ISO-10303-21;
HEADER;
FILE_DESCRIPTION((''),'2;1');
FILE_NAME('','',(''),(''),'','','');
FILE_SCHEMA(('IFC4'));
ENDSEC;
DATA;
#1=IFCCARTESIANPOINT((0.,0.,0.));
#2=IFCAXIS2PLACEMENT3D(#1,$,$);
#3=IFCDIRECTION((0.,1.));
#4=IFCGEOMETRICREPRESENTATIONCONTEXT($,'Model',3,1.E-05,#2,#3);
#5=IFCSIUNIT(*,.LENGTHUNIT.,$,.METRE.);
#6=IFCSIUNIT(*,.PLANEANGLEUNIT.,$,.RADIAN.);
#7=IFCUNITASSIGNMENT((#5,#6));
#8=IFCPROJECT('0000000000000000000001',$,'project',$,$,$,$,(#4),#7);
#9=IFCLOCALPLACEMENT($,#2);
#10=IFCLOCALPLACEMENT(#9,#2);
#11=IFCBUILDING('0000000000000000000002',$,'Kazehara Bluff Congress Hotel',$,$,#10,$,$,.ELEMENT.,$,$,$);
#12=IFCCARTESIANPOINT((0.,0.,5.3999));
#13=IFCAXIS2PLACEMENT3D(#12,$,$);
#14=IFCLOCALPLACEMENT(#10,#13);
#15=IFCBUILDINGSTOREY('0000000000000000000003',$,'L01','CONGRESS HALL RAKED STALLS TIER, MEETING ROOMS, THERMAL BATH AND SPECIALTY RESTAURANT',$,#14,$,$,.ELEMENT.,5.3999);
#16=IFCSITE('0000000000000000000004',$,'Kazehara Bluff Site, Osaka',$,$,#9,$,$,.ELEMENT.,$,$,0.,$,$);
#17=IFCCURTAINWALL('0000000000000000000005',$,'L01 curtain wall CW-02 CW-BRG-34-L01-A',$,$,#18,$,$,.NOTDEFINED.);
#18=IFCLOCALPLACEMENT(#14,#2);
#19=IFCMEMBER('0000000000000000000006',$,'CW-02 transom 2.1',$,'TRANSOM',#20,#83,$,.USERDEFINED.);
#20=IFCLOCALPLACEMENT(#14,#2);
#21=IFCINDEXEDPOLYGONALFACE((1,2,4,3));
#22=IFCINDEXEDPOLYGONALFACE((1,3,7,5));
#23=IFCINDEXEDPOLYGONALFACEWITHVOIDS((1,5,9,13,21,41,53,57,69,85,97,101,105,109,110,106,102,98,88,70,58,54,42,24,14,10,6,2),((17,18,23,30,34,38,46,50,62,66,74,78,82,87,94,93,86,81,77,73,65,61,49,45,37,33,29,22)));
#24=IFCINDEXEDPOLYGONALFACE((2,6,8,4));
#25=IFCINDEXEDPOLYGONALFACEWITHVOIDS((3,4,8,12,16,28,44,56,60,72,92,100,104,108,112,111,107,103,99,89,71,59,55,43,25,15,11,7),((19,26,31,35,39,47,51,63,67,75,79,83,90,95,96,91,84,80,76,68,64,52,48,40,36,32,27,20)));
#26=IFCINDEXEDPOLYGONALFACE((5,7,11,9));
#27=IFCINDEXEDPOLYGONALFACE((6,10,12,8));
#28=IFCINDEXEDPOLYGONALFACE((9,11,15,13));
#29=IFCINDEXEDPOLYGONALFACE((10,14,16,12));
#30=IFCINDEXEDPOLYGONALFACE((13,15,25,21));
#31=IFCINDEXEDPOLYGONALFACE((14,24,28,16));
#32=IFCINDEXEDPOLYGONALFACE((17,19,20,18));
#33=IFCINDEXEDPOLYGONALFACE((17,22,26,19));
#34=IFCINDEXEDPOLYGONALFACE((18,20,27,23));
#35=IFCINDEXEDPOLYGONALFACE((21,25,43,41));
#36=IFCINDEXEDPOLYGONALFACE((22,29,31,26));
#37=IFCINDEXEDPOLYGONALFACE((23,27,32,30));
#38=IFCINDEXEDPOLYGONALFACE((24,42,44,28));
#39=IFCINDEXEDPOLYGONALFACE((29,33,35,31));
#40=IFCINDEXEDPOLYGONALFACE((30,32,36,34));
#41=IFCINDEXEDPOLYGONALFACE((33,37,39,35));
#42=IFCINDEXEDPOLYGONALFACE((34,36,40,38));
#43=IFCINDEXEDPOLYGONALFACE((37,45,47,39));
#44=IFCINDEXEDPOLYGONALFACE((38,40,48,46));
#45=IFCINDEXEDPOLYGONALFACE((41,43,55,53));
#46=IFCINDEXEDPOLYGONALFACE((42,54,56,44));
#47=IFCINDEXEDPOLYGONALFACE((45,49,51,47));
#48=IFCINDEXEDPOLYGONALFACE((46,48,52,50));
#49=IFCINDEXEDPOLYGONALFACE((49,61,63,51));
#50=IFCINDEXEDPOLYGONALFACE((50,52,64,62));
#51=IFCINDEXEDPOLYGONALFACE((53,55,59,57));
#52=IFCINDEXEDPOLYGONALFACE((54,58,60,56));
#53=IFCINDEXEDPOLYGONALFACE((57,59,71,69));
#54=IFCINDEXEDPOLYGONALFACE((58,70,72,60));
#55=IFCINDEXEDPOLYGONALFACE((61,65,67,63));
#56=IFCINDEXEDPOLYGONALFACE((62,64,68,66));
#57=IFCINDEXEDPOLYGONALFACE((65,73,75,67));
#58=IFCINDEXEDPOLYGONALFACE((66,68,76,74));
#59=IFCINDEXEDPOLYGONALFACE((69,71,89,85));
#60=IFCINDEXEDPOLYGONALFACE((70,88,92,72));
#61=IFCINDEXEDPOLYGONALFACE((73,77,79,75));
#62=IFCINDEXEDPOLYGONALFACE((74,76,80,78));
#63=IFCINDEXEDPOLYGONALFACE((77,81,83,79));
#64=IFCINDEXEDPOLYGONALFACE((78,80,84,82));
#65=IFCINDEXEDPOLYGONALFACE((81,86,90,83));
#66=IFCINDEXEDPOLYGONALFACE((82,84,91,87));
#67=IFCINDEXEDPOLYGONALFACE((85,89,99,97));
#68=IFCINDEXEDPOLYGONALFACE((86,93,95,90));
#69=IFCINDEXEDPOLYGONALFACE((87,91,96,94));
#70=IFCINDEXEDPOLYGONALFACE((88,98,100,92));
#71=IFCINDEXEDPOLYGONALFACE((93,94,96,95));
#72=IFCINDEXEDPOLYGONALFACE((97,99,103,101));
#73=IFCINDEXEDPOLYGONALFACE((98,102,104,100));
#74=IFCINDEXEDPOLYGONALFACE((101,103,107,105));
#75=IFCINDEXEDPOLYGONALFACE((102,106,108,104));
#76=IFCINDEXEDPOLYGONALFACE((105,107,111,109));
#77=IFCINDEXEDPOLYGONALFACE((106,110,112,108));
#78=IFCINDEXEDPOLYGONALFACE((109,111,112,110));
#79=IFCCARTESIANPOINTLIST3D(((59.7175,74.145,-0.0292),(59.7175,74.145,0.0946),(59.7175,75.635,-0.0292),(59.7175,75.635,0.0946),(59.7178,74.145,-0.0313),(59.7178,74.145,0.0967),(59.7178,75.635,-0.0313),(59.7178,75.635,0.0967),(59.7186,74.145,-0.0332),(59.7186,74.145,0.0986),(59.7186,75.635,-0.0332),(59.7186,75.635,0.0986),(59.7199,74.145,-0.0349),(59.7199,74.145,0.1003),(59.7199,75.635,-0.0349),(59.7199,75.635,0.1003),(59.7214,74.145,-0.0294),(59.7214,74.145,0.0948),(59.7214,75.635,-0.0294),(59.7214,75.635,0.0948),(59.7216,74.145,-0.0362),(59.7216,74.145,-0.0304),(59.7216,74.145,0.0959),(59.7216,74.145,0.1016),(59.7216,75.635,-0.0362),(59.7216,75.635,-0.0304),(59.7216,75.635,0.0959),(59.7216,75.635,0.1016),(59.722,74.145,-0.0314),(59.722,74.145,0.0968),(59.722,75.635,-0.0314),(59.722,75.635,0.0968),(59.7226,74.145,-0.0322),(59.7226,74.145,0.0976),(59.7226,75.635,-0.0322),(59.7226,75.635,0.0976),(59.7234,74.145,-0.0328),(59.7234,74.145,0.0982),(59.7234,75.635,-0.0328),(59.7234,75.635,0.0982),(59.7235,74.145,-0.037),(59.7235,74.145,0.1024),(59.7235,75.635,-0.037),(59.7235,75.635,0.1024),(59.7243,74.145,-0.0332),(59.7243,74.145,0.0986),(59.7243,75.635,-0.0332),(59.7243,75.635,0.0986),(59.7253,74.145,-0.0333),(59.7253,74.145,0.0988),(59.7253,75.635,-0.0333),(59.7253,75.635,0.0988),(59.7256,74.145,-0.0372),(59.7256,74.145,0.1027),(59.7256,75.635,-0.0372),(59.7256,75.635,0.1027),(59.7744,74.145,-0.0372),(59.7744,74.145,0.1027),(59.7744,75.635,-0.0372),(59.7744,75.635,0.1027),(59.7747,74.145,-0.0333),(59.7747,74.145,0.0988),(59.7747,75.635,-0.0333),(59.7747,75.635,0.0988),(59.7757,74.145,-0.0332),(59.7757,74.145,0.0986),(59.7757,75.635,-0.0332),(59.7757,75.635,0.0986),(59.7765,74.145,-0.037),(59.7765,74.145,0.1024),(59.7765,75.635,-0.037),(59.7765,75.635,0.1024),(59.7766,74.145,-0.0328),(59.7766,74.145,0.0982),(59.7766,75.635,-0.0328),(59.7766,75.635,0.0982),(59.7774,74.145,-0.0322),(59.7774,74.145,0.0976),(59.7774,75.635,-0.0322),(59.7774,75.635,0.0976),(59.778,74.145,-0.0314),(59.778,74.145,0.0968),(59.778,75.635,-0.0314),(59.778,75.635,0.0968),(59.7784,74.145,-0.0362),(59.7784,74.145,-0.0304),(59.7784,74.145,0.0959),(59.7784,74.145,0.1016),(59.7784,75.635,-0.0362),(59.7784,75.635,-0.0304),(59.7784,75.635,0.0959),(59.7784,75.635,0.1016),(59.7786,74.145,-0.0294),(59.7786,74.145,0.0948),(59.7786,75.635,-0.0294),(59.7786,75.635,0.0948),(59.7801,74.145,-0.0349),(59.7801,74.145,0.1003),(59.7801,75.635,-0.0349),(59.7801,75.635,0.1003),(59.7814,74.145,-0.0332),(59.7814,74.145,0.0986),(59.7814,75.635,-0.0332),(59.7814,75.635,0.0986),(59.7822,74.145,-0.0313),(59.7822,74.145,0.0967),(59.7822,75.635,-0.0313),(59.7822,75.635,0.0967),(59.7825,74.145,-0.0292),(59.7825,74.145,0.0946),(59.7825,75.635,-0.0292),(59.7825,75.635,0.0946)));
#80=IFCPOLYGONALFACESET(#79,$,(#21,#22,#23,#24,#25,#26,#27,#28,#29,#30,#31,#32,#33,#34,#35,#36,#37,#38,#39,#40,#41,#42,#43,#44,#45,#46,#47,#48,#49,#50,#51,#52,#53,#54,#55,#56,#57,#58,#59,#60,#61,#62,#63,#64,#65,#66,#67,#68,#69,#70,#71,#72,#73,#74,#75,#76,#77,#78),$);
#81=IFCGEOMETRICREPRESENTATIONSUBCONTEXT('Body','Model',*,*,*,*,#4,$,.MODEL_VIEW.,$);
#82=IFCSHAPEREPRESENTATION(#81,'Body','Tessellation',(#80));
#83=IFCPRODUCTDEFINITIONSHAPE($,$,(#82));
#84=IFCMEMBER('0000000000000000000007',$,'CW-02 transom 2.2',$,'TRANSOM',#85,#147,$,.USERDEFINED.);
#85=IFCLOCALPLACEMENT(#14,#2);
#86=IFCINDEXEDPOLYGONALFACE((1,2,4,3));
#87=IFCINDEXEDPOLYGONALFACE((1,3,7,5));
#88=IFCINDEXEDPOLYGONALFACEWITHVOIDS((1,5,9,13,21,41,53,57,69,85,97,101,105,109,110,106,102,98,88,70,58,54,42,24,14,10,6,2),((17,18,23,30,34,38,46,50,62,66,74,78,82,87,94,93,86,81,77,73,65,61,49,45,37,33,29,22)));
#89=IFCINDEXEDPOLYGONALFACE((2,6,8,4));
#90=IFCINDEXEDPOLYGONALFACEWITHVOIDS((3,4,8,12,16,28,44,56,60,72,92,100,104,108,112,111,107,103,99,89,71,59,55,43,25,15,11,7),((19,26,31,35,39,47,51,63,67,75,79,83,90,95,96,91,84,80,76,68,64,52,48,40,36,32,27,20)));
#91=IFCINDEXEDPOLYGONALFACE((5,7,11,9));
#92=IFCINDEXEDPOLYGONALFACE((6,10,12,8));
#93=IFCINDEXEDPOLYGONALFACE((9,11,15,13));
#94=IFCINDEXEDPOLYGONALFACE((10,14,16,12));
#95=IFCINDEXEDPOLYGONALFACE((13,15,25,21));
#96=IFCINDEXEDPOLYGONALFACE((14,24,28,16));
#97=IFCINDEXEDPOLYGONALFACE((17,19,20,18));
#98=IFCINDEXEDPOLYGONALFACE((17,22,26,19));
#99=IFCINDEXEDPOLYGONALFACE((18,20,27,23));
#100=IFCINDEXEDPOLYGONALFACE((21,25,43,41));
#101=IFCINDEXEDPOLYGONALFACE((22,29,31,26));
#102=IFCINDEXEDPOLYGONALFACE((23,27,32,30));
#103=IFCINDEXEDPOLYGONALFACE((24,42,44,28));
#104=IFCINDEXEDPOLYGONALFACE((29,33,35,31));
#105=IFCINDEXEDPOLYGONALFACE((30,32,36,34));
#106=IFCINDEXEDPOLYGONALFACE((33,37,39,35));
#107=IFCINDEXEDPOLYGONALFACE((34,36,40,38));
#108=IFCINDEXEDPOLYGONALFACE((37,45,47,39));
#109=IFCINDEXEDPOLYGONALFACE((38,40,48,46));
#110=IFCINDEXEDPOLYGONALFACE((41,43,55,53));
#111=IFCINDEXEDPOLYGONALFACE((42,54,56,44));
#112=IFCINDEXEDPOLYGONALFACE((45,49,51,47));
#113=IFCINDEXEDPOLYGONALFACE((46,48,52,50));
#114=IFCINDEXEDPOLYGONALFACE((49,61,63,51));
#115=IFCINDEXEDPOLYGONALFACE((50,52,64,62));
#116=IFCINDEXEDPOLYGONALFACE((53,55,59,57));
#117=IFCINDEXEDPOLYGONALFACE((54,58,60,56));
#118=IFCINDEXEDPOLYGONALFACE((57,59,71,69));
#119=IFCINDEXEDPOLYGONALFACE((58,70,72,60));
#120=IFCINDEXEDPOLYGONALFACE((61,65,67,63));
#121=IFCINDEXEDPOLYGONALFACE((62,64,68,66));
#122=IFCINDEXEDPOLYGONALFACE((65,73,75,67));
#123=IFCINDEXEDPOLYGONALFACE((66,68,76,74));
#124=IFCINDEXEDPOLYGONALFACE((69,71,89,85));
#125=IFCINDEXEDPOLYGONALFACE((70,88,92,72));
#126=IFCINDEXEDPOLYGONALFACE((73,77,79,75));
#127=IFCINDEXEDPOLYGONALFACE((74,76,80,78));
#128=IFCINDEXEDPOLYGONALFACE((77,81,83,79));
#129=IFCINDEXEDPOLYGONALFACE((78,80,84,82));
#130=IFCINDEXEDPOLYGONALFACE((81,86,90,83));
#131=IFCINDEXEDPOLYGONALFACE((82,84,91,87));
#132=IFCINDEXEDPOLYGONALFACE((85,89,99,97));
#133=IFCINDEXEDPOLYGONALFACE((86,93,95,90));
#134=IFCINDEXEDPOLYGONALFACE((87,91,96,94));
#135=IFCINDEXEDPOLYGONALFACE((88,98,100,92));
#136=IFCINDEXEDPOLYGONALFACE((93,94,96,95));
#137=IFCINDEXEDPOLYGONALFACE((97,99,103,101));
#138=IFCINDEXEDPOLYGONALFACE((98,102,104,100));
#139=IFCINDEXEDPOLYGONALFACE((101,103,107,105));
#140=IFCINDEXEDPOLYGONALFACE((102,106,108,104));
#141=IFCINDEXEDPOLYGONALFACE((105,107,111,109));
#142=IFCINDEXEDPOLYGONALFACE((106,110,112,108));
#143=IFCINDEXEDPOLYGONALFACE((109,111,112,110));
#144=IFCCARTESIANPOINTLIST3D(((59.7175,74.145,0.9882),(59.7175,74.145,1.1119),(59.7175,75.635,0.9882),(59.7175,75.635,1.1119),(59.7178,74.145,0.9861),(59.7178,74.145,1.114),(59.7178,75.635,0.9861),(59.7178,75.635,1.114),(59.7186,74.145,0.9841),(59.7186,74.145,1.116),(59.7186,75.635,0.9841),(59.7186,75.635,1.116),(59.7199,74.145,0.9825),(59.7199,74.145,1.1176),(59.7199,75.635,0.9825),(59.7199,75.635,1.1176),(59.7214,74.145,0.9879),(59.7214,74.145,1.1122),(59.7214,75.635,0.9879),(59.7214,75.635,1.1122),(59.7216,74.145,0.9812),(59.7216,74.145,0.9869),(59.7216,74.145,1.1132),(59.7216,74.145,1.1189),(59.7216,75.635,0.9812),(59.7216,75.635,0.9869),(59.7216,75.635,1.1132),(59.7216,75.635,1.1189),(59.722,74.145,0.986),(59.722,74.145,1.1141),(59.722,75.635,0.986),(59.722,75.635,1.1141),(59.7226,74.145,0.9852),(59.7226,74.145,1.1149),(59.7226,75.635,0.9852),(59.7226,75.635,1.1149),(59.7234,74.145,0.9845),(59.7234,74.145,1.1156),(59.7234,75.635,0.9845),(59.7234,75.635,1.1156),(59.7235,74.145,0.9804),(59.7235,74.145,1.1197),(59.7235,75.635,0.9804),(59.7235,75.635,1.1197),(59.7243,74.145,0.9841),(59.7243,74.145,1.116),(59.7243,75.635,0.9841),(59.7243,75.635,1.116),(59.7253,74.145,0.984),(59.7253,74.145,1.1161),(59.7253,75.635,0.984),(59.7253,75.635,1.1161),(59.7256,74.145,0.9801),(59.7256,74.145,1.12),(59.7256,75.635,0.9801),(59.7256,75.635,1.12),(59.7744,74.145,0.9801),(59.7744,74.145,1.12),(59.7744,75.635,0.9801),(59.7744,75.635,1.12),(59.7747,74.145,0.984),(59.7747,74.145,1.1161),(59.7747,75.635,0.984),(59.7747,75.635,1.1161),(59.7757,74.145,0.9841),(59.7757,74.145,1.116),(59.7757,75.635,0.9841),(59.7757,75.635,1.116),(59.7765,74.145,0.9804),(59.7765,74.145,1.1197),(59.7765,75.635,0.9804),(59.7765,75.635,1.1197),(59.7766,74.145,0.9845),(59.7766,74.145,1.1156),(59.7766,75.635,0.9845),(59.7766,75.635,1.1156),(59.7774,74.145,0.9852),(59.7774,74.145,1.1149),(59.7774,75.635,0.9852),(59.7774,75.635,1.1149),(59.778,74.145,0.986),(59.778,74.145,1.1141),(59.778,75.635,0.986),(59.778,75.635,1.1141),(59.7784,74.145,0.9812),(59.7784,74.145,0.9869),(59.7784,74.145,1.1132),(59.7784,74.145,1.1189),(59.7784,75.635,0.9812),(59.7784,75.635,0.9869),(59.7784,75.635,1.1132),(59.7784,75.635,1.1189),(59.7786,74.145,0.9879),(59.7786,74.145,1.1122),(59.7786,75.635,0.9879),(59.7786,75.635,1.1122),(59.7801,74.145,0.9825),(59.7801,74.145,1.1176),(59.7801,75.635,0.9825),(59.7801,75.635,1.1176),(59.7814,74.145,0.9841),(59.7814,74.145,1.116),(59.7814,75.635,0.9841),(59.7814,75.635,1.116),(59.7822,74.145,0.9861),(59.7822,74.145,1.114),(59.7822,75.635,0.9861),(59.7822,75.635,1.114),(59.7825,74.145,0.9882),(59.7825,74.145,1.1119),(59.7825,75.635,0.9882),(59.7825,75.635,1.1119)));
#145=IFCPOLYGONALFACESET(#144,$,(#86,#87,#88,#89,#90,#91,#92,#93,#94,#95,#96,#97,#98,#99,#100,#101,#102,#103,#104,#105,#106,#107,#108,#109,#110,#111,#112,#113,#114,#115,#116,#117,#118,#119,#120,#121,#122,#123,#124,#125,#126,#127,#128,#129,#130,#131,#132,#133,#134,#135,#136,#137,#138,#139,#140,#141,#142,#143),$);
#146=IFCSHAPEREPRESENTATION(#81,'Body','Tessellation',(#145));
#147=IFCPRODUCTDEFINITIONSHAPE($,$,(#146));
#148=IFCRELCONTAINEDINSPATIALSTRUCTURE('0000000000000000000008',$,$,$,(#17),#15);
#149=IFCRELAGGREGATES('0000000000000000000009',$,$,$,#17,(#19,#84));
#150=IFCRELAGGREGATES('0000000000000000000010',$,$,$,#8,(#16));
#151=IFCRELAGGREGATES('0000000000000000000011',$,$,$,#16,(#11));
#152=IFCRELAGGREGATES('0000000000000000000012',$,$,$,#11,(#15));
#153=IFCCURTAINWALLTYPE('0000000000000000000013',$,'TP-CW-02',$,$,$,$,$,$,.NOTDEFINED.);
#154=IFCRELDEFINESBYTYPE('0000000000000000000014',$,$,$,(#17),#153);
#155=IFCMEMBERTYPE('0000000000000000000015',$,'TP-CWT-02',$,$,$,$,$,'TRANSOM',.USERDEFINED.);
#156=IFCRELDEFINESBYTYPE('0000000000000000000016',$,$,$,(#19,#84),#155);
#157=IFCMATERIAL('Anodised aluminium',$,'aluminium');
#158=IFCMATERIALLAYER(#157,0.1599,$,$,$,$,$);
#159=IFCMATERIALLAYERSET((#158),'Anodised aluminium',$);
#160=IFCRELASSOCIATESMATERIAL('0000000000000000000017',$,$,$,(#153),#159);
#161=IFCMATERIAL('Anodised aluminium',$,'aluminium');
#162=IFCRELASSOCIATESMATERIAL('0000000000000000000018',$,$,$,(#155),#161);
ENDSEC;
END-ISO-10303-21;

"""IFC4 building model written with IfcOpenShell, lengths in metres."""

from ifc_helpers import new_model, si_unit, direction, frame, origin, origin_2d, place, context, subcontext, project, spatial, hollow_rectangle, extrude, material, layer, layer_set, material_profile, profile_set, type_object, element, aggregate, save


model = new_model("IFC4")

# Units and contexts
model_context = context("Model", 3, precision=1e-05, world=origin(), true_north=direction((0.0, 1.0)))
body_context = subcontext(model_context, "Body", "Model", "MODEL_VIEW")
ifc_project = project(units=[si_unit("LENGTHUNIT", "METRE"), si_unit("PLANEANGLEUNIT", "RADIAN")], contexts=[model_context])

# Site, building, storey
site_placement = place(None, origin())
site = spatial("IfcSite", under=ifc_project, at=site_placement, Name="Kazehara Bluff Site, Osaka", CompositionType="ELEMENT", RefElevation=0.0)
building_placement = place(site_placement, origin())
building = spatial("IfcBuilding", under=site, at=building_placement, Name="Kazehara Bluff Congress Hotel", CompositionType="ELEMENT")
storey_placement = place(building_placement, frame((0.0, 0.0, 5.3999)))
storey = spatial("IfcBuildingStorey", under=building, at=storey_placement, Name="L01", Description="CONGRESS HALL RAKED STALLS TIER, MEETING ROOMS, THERMAL BATH AND SPECIALTY RESTAURANT", CompositionType="ELEMENT", Elevation=5.3999)

# Curtain wall, members
ifc_material_1 = material(Name="Anodised aluminium", Category="aluminium")
ifc_layer_1 = layer(ifc_material_1, 0.1599)
ifc_layer_set_1 = layer_set([ifc_layer_1], Name="Anodised aluminium")
curtain_wall_type = type_object("IfcCurtainWallType", Name="TP-CW-02", PredefinedType="NOTDEFINED", material=ifc_layer_set_1)
curtain_wall_placement = place(storey_placement, origin())
curtain_wall = element("IfcCurtainWall", 1, at=curtain_wall_placement, inside=storey, type_object=curtain_wall_type, Name="L01 curtain wall CW-02 CW-BRG-34-L01-A", PredefinedType="NOTDEFINED")
ifc_material_2 = material(Name="Anodised aluminium", Category="aluminium")
ifc_material_profile_1 = material_profile(ifc_material_2, hollow_rectangle(XDim=0.0649, YDim=0.1399, WallThickness=0.0039, InnerFilletRadius=0.0039, OuterFilletRadius=0.0081, at=origin_2d()))
ifc_profile_set_1 = profile_set([ifc_material_profile_1], Name="Anodised aluminium")
member_type_1 = type_object("IfcMemberType", Name="TP-CWT-02", ElementType="TRANSOM", PredefinedType="USERDEFINED", material=ifc_profile_set_1)
member_1_placement = place(storey_placement, frame((59.75, 74.145, 0.0327), z_axis=(0.0, 1.0, 0.0), x_axis=(-1.0, 0.0, 0.0)))
member_1 = element("IfcMember", 2, at=member_1_placement, type_object=member_type_1, Name="CW-02 transom 2.1", ObjectType="TRANSOM", PredefinedType="USERDEFINED", context=body_context, shape_type="SweptSolid", body=[
    extrude(hollow_rectangle(XDim=0.0649, YDim=0.1399, WallThickness=0.0039, InnerFilletRadius=0.0039, OuterFilletRadius=0.0081, at=origin_2d()), origin(), (0.0, 0.0, 1.0), 1.49),
])
member_2_placement = place(storey_placement, frame((59.75, 74.145, 1.05), z_axis=(0.0, 1.0, 0.0), x_axis=(-1.0, 0.0, 0.0)))
member_2 = element("IfcMember", 3, at=member_2_placement, type_object=member_type_1, Name="CW-02 transom 2.2", ObjectType="TRANSOM", PredefinedType="USERDEFINED", context=body_context, shape_type="SweptSolid", body=[
    extrude(hollow_rectangle(XDim=0.0649, YDim=0.1399, WallThickness=0.0039, InnerFilletRadius=0.0039, OuterFilletRadius=0.0081, at=origin_2d()), origin(), (0.0, 0.0, 1.0), 1.49),
])

aggregate(curtain_wall, [member_1, member_2])

save(model, "model.ifc")
